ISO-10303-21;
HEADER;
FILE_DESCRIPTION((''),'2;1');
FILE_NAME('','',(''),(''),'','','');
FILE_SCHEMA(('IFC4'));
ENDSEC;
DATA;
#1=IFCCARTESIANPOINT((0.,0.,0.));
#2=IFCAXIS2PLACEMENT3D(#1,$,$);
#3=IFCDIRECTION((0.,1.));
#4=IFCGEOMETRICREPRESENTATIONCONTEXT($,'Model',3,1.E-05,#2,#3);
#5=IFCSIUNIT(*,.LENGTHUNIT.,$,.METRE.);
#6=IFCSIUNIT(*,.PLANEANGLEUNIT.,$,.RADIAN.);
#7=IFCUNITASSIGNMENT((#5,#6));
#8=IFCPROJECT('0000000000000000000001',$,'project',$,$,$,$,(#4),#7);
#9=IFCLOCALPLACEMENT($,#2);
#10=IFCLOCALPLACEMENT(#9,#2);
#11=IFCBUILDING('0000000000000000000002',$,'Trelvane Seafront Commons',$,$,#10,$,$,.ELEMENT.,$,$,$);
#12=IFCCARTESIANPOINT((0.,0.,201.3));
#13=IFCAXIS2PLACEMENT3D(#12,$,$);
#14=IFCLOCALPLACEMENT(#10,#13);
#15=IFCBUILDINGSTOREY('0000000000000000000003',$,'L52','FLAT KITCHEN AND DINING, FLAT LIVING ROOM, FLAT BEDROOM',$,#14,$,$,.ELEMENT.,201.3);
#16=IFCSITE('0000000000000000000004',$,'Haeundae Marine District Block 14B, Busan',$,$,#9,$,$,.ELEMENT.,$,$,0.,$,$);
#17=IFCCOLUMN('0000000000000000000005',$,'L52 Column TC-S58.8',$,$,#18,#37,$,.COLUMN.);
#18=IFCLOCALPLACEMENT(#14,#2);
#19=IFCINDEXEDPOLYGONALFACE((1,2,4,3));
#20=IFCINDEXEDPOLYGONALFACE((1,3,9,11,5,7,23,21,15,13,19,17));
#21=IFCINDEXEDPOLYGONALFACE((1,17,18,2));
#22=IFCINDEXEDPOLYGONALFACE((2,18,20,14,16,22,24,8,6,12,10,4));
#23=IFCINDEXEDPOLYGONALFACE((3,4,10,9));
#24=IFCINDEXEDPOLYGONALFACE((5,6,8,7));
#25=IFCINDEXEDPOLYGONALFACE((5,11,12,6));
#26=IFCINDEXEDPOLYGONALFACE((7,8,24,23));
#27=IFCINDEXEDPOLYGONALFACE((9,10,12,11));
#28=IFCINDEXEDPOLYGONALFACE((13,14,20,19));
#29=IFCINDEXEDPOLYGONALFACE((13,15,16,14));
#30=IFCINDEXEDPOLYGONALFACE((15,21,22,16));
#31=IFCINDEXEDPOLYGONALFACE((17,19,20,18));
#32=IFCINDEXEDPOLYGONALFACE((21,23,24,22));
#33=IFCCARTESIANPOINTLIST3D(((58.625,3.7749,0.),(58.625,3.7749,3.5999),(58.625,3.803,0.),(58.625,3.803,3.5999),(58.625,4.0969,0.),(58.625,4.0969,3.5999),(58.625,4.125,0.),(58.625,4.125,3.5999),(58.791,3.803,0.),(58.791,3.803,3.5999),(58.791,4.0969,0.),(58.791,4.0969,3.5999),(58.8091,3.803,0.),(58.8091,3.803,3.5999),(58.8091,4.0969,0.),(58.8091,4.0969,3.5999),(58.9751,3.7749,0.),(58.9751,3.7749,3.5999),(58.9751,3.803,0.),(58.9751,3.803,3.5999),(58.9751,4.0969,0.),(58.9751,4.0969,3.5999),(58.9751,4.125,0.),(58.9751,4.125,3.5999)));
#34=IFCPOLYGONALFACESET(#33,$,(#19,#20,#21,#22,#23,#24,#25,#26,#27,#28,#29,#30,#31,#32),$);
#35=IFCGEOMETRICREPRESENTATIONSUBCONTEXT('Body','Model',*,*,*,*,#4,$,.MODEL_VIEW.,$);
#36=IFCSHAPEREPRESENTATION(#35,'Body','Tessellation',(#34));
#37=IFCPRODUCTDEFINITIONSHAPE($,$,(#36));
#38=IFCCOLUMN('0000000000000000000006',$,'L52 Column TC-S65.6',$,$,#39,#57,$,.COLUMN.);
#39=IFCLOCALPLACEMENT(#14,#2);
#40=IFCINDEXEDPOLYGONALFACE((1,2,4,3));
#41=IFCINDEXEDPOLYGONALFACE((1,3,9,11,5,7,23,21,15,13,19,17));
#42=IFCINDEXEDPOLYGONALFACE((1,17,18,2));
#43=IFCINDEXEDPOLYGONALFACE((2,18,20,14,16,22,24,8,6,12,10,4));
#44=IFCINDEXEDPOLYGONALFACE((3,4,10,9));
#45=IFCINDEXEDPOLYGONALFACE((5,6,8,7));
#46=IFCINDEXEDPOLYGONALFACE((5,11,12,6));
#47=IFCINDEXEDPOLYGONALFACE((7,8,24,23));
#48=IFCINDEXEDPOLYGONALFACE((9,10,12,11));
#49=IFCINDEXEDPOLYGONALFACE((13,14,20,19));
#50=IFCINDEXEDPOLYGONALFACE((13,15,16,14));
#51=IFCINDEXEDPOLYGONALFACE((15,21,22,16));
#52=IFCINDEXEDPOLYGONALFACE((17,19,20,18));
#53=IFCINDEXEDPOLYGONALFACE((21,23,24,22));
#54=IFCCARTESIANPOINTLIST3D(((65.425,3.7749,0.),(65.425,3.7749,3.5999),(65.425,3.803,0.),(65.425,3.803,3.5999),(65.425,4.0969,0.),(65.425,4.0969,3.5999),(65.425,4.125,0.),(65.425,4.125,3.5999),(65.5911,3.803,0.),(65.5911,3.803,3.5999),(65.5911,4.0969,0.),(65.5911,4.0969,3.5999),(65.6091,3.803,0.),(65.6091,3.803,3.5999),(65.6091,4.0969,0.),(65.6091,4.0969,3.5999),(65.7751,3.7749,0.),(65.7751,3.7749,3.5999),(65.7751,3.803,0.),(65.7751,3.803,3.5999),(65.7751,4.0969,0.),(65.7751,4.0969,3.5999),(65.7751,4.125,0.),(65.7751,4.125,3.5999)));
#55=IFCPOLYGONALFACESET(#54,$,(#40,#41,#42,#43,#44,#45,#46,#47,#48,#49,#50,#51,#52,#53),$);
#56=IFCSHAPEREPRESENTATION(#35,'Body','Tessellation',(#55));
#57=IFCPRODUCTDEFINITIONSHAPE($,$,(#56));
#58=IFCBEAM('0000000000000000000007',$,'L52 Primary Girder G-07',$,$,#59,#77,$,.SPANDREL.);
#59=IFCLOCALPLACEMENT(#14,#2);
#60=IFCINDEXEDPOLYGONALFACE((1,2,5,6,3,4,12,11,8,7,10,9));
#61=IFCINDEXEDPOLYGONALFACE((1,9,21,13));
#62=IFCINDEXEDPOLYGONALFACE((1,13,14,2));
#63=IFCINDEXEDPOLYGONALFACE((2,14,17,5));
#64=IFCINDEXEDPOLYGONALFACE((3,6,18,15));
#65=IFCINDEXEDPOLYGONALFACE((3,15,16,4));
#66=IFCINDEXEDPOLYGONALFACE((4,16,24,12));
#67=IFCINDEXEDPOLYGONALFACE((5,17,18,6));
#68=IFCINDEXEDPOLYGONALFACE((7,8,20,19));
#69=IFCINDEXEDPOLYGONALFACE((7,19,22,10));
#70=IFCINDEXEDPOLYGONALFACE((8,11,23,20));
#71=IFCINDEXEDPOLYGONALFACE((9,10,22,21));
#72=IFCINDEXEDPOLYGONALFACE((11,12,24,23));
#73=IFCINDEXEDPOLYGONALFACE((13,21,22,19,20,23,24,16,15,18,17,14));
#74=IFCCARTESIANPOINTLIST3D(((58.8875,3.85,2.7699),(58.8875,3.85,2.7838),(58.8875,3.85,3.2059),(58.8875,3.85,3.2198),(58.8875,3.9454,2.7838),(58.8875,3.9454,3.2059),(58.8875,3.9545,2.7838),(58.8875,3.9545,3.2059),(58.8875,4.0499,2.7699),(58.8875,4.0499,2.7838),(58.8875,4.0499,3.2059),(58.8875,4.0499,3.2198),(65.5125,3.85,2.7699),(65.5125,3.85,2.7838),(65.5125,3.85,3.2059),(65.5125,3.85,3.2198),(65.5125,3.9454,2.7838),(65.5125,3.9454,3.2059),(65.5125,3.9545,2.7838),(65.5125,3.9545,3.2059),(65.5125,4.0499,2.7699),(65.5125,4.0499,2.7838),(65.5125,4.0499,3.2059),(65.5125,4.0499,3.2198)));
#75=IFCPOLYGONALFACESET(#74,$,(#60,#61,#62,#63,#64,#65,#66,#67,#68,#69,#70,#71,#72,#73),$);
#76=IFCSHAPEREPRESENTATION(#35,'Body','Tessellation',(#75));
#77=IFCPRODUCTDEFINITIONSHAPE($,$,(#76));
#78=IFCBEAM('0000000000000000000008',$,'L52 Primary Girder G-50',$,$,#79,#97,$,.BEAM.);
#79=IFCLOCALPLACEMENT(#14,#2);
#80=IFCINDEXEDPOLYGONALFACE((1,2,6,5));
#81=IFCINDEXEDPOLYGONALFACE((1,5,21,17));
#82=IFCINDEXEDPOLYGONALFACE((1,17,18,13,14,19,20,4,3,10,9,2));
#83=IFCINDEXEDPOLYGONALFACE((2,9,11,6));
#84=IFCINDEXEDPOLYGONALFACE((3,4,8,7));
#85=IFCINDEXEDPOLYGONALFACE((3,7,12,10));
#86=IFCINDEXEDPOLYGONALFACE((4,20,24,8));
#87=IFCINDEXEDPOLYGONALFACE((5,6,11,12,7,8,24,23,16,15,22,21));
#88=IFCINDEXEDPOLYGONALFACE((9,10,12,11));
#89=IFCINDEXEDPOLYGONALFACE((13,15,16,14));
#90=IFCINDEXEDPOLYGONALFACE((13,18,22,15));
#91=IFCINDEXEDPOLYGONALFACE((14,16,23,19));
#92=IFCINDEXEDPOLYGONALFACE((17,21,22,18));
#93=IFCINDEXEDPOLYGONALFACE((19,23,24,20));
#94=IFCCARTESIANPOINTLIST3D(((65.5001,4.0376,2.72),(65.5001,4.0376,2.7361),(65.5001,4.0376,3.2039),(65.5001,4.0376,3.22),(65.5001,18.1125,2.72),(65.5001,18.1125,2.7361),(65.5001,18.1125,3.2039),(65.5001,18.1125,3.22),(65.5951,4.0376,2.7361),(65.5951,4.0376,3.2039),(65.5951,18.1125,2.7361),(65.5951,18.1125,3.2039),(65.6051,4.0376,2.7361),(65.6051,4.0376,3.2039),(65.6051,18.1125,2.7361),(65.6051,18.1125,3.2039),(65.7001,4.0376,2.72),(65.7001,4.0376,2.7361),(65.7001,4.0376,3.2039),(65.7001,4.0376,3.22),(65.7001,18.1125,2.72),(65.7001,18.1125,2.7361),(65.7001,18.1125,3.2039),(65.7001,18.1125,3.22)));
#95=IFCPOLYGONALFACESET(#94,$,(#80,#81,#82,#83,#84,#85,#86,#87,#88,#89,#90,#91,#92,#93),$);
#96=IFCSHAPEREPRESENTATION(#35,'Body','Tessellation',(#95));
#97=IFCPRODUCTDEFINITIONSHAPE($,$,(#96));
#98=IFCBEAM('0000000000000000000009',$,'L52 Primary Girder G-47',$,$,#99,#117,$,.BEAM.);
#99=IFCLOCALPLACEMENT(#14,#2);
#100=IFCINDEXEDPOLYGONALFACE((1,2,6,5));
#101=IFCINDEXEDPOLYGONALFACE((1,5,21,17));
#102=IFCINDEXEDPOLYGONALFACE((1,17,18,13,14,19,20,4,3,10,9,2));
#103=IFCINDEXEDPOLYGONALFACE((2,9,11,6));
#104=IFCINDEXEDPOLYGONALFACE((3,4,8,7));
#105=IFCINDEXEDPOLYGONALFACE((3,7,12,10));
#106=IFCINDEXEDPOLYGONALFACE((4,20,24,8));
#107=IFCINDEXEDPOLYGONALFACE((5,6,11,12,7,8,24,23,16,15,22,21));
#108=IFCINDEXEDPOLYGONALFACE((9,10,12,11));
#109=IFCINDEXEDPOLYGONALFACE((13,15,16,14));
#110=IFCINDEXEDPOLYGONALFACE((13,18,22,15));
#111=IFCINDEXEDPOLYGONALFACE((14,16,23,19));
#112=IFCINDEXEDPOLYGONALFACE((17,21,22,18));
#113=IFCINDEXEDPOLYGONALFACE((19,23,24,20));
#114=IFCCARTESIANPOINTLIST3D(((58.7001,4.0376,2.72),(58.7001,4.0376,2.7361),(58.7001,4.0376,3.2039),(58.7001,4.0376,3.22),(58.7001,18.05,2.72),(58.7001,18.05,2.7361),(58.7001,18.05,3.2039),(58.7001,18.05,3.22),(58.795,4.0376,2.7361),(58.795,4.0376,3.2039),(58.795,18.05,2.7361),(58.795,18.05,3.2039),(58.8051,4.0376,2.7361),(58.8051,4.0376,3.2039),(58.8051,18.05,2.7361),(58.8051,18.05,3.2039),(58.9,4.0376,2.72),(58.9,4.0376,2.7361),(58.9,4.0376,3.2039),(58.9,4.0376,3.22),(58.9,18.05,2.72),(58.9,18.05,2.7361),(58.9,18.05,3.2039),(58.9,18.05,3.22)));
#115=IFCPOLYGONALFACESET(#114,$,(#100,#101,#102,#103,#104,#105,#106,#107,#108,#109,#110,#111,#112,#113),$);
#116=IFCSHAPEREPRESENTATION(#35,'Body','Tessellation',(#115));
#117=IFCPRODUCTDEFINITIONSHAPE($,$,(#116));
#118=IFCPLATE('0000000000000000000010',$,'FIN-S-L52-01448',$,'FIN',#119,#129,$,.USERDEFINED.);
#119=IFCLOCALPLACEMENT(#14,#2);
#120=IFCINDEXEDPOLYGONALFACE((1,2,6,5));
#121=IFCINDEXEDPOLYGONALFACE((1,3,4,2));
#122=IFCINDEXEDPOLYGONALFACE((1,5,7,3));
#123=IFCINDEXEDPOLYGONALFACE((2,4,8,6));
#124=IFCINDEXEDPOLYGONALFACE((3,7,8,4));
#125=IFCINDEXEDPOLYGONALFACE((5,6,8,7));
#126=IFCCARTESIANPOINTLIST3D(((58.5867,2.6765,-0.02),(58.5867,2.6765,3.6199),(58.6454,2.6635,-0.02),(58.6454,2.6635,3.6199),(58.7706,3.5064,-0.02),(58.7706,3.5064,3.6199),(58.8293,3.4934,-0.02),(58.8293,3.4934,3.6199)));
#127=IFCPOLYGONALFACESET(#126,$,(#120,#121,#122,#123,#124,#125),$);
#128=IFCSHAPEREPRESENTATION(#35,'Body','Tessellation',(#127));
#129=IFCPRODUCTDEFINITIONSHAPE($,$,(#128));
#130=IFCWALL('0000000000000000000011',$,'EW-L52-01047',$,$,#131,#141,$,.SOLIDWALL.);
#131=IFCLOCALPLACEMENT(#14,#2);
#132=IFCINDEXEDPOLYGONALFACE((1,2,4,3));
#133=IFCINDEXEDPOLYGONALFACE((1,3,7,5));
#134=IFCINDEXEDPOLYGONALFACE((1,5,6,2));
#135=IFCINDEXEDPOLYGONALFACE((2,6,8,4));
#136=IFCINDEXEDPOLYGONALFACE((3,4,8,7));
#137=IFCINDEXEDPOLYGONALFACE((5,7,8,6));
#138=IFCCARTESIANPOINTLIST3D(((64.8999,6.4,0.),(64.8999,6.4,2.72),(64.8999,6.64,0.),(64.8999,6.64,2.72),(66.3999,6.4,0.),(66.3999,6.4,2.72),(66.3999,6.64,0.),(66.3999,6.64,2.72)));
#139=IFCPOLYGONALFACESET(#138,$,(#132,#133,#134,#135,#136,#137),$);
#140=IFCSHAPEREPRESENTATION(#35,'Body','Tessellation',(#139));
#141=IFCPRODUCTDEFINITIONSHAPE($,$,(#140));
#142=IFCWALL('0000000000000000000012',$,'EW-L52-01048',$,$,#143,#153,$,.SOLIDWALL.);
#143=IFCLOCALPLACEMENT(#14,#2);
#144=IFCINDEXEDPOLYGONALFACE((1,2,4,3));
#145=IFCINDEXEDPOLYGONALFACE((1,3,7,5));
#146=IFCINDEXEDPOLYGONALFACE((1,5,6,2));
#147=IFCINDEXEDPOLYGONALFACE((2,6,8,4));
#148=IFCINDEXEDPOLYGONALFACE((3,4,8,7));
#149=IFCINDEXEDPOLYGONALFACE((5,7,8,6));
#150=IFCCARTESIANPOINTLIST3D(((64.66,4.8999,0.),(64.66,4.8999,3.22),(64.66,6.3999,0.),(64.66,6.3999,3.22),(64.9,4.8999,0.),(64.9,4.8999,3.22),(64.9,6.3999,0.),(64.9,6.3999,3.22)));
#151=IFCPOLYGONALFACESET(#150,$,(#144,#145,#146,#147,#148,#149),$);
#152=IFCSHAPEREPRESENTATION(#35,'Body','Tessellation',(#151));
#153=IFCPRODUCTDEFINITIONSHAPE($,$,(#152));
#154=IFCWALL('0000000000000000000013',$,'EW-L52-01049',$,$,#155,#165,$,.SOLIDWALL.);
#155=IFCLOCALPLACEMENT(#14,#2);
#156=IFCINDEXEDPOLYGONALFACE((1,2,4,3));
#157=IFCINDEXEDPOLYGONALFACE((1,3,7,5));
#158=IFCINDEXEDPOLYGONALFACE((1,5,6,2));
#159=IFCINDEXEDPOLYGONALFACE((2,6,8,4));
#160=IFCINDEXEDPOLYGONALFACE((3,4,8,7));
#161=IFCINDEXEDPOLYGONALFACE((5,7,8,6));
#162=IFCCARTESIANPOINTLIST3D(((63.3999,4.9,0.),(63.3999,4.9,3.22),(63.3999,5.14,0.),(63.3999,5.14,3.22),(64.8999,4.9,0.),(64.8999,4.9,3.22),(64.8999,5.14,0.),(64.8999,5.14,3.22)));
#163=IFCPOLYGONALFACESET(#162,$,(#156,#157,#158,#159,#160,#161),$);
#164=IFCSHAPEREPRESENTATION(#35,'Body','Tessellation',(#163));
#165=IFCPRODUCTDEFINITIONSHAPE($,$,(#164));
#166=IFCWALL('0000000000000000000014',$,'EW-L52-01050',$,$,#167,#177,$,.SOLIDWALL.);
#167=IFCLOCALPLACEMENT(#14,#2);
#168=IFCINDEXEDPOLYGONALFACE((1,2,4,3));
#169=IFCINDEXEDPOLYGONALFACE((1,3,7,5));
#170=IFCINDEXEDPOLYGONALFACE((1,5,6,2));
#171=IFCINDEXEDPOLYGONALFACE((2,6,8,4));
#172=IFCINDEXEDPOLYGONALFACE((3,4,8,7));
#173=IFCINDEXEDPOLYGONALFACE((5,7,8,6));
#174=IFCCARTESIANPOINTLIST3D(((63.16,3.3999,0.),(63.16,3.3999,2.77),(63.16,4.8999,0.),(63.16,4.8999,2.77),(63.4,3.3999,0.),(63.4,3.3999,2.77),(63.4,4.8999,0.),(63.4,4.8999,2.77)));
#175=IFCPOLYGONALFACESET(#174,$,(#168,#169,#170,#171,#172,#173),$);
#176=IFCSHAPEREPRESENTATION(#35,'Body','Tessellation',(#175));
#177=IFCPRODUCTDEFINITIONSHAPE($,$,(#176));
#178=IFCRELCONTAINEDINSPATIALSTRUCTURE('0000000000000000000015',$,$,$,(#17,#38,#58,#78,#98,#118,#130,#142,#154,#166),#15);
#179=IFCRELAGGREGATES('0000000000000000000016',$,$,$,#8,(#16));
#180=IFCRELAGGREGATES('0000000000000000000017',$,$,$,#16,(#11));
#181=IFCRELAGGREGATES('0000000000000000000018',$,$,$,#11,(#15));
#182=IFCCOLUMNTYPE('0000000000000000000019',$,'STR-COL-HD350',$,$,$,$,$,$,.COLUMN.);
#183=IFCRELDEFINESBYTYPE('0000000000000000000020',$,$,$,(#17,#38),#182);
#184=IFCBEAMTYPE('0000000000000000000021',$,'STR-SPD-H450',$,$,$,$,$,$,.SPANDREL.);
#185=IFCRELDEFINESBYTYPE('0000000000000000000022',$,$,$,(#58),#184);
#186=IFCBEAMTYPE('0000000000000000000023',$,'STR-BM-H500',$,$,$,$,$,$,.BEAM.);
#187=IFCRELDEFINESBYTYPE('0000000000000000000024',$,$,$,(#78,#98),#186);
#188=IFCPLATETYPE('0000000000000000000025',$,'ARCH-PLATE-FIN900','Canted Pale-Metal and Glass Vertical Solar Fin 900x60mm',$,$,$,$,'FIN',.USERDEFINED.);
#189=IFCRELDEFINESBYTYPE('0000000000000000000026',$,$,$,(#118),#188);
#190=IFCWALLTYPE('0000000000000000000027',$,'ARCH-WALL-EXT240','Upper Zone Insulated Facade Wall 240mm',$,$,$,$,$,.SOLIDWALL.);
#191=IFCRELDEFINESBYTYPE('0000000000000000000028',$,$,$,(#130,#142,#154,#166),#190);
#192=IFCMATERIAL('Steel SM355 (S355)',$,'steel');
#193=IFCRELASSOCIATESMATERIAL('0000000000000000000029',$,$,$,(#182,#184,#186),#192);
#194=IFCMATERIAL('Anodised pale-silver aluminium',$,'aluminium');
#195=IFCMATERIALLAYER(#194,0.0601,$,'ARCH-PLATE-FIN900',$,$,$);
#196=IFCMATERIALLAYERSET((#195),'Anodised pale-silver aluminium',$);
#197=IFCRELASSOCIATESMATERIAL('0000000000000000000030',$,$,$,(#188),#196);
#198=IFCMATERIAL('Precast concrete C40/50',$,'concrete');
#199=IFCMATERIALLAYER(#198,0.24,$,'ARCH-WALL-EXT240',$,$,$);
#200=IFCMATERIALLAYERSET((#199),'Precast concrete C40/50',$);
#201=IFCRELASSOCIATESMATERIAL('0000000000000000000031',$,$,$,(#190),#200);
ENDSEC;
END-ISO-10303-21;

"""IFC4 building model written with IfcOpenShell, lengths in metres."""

from ifc_helpers import new_model, si_unit, direction, frame, frame_2d, origin, origin_2d, place, context, subcontext, project, spatial, rectangle, i_section, extrude, source, transform, mapped, material, layer, layer_set, material_profile, profile_set, type_object, element, save


model = new_model("IFC4")

# Units and contexts
model_context = context("Model", 3, precision=1e-05, world=origin(), true_north=direction((0.0, 1.0)))
body_context = subcontext(model_context, "Body", "Model", "MODEL_VIEW")
ifc_project = project(units=[si_unit("LENGTHUNIT", "METRE"), si_unit("PLANEANGLEUNIT", "RADIAN")], contexts=[model_context])

# Site, building, storey
site_placement = place(None, origin())
site = spatial("IfcSite", under=ifc_project, at=site_placement, Name="Haeundae Marine District Block 14B, Busan", CompositionType="ELEMENT", RefElevation=0.0)
building_placement = place(site_placement, origin())
building = spatial("IfcBuilding", under=site, at=building_placement, Name="Trelvane Seafront Commons", CompositionType="ELEMENT")
storey_placement = place(building_placement, frame((0.0, 0.0, 201.3)))
storey = spatial("IfcBuildingStorey", under=building, at=storey_placement, Name="L52", Description="FLAT KITCHEN AND DINING, FLAT LIVING ROOM, FLAT BEDROOM", CompositionType="ELEMENT", Elevation=201.3)

# Columns
ifc_material_1 = material(Name="Steel SM355 (S355)", Category="steel")
ifc_material_profile_1 = material_profile(ifc_material_1, i_section(OverallWidth=0.3501, OverallDepth=0.3501, WebThickness=0.0181, FlangeThickness=0.0281, at=origin_2d()), Name="HD-350x350x18x28")
ifc_profile_set_1 = profile_set([ifc_material_profile_1], Name="Steel SM355 (S355)")
column_type = type_object("IfcColumnType", Name="STR-COL-HD350", PredefinedType="COLUMN", material=ifc_profile_set_1)
shared_shape_1 = source(origin(), body_context, "Body", "SweptSolid", [
    extrude(i_section(OverallWidth=0.3501, OverallDepth=0.3501, WebThickness=0.0181, FlangeThickness=0.0281, at=origin_2d()), origin(), (0.0, 0.0, 1.0), 3.5999),
])
for number, where, z_axis, x_axis, name in (
    (1, (58.8, 3.95, 0.0), (0.0, 0.0, 1.0), (1.0, 0.0, 0.0), "L52 Column TC-S58.8"),
    (2, (65.6001, 3.95, 0.0), (0.0, 0.0, 1.0), (1.0, 0.0, 0.0), "L52 Column TC-S65.6"),
):
    element("IfcColumn", number, at=place(storey_placement, frame(where, z_axis=z_axis, x_axis=x_axis)), inside=storey, type_object=column_type, Name=name, PredefinedType="COLUMN", context=body_context, shape_type="MappedRepresentation", body=[
        mapped(shared_shape_1, transform((0.0, 0.0, 0.0), x_axis=(1.0, 0.0, 0.0), y_axis=(0.0, 1.0, 0.0), z_axis=(0.0, 0.0, 1.0), scale=1.0)),
    ])

# Beams
ifc_material_profile_2 = material_profile(ifc_material_1, i_section(OverallWidth=0.2, OverallDepth=0.45, WebThickness=0.009, FlangeThickness=0.0139, at=origin_2d()), Name="H-450x200x9x14")
ifc_profile_set_2 = profile_set([ifc_material_profile_2], Name="Steel SM355 (S355)")
beam_type_1 = type_object("IfcBeamType", Name="STR-SPD-H450", PredefinedType="SPANDREL", material=ifc_profile_set_2)
shared_shape_2 = source(origin(), body_context, "Body", "SweptSolid", [
    extrude(i_section(OverallWidth=0.2, OverallDepth=0.45, WebThickness=0.009, FlangeThickness=0.0139, at=origin_2d()), origin(), (0.0, 0.0, 1.0), 6.625),
])
beam_1_placement = place(storey_placement, frame((58.8875, 3.95, 2.9949), z_axis=(1.0, 0.0, 0.0), x_axis=(0.0, 1.0, 0.0)))
element("IfcBeam", 3, at=beam_1_placement, inside=storey, type_object=beam_type_1, Name="L52 Primary Girder G-07", PredefinedType="SPANDREL", context=body_context, shape_type="MappedRepresentation", body=[
    mapped(shared_shape_2, transform((0.0, 0.0, 0.0), x_axis=(1.0, 0.0, 0.0), y_axis=(0.0, 1.0, 0.0), z_axis=(0.0, 0.0, 1.0), scale=1.0)),
])
ifc_material_profile_3 = material_profile(ifc_material_1, i_section(OverallWidth=0.2, OverallDepth=0.5, WebThickness=0.01, FlangeThickness=0.0161, at=origin_2d()), Name="H-500x200x10x16")
ifc_profile_set_3 = profile_set([ifc_material_profile_3], Name="Steel SM355 (S355)")
beam_type_2 = type_object("IfcBeamType", Name="STR-BM-H500", PredefinedType="BEAM", material=ifc_profile_set_3)
shared_shape_3 = source(origin(), body_context, "Body", "SweptSolid", [
    extrude(i_section(OverallWidth=0.2, OverallDepth=0.5, WebThickness=0.01, FlangeThickness=0.0161, at=origin_2d()), origin(), (0.0, 0.0, 1.0), 14.075),
])
beam_2_placement = place(storey_placement, frame((65.6001, 4.0376, 2.97), z_axis=(0.0, 1.0, 0.0), x_axis=(-1.0, 0.0, 0.0)))
element("IfcBeam", 4, at=beam_2_placement, inside=storey, type_object=beam_type_2, Name="L52 Primary Girder G-50", PredefinedType="BEAM", context=body_context, shape_type="MappedRepresentation", body=[
    mapped(shared_shape_3, transform((0.0, 0.0, 0.0), x_axis=(1.0, 0.0, 0.0), y_axis=(0.0, 1.0, 0.0), z_axis=(0.0, 0.0, 1.0), scale=1.0)),
])
shared_shape_4 = source(origin(), body_context, "Body", "SweptSolid", [
    extrude(i_section(OverallWidth=0.2, OverallDepth=0.5, WebThickness=0.01, FlangeThickness=0.0161, at=origin_2d()), origin(), (0.0, 0.0, 1.0), 14.0125),
])
beam_3_placement = place(storey_placement, frame((58.8, 4.0376, 2.97), z_axis=(0.0, 1.0, 0.0), x_axis=(-1.0, 0.0, 0.0)))
element("IfcBeam", 5, at=beam_3_placement, inside=storey, type_object=beam_type_2, Name="L52 Primary Girder G-47", PredefinedType="BEAM", context=body_context, shape_type="MappedRepresentation", body=[
    mapped(shared_shape_4, transform((0.0, 0.0, 0.0), x_axis=(1.0, 0.0, 0.0), y_axis=(0.0, 1.0, 0.0), z_axis=(0.0, 0.0, 1.0), scale=1.0)),
])

# Plate
ifc_material_2 = material(Name="Anodised pale-silver aluminium", Category="aluminium")
ifc_layer_1 = layer(ifc_material_2, 0.0601, Name="ARCH-PLATE-FIN900")
ifc_layer_set_1 = layer_set([ifc_layer_1], Name="Anodised pale-silver aluminium")
plate_type = type_object("IfcPlateType", Name="ARCH-PLATE-FIN900", Description="Canted Pale-Metal and Glass Vertical Solar Fin 900x60mm", ElementType="FIN", PredefinedType="USERDEFINED", material=ifc_layer_set_1)
shared_shape_5 = source(origin(), body_context, "Body", "SweptSolid", [
    extrude(rectangle(XDim=0.8501, YDim=0.0601, at=origin_2d()), origin(), (0.0, 0.0, 1.0), 3.6399),
])
plate_placement = place(storey_placement, frame((58.708, 3.085, -0.02), z_axis=(0.0, 0.0, 1.0), x_axis=(-0.216344, -0.976317, 0.0)))
element("IfcPlate", 6, at=plate_placement, inside=storey, type_object=plate_type, Name="FIN-S-L52-01448", ObjectType="FIN", PredefinedType="USERDEFINED", context=body_context, shape_type="MappedRepresentation", body=[
    mapped(shared_shape_5, transform((0.0, 0.0, 0.0), x_axis=(1.0, 0.0, 0.0), y_axis=(0.0, 1.0, 0.0), z_axis=(0.0, 0.0, 1.0), scale=1.0)),
])

# Walls
ifc_material_3 = material(Name="Precast concrete C40/50", Category="concrete")
ifc_layer_2 = layer(ifc_material_3, 0.24, Name="ARCH-WALL-EXT240")
ifc_layer_set_2 = layer_set([ifc_layer_2], Name="Precast concrete C40/50")
wall_type_1 = type_object("IfcWallType", Name="ARCH-WALL-EXT240", Description="Upper Zone Insulated Facade Wall 240mm", PredefinedType="SOLIDWALL", material=ifc_layer_set_2)
wall_1_placement = place(storey_placement, frame((66.3999, 6.52, 0.0), z_axis=(0.0, 0.0, 1.0), x_axis=(-1.0, 0.0, 0.0)))
element("IfcWall", 7, at=wall_1_placement, inside=storey, type_object=wall_type_1, Name="EW-L52-01047", PredefinedType="SOLIDWALL", context=body_context, shape_type="SweptSolid", body=[
    extrude(rectangle(XDim=1.5, YDim=0.24, at=frame_2d((0.75, 0.0))), origin(), (0.0, 0.0, 1.0), 2.72),
])
for number, where, z_axis, x_axis, name in (
    (8, (64.78, 6.3999, 0.0), (0.0, 0.0, 1.0), (0.0, -1.0, 0.0), "EW-L52-01048"),
    (9, (64.8999, 5.02, 0.0), (0.0, 0.0, 1.0), (-1.0, 0.0, 0.0), "EW-L52-01049"),
):
    element("IfcWall", number, at=place(storey_placement, frame(where, z_axis=z_axis, x_axis=x_axis)), inside=storey, type_object=wall_type_1, Name=name, PredefinedType="SOLIDWALL", context=body_context, shape_type="SweptSolid", body=[
        extrude(rectangle(XDim=1.5, YDim=0.24, at=frame_2d((0.75, 0.0))), origin(), (0.0, 0.0, 1.0), 3.22),
    ])
wall_2_placement = place(storey_placement, frame((63.28, 4.8999, 0.0), z_axis=(0.0, 0.0, 1.0), x_axis=(0.0, -1.0, 0.0)))
element("IfcWall", 10, at=wall_2_placement, inside=storey, type_object=wall_type_1, Name="EW-L52-01050", PredefinedType="SOLIDWALL", context=body_context, shape_type="SweptSolid", body=[
    extrude(rectangle(XDim=1.5, YDim=0.24, at=frame_2d((0.75, 0.0))), origin(), (0.0, 0.0, 1.0), 2.77),
])

save(model, "model.ifc")
